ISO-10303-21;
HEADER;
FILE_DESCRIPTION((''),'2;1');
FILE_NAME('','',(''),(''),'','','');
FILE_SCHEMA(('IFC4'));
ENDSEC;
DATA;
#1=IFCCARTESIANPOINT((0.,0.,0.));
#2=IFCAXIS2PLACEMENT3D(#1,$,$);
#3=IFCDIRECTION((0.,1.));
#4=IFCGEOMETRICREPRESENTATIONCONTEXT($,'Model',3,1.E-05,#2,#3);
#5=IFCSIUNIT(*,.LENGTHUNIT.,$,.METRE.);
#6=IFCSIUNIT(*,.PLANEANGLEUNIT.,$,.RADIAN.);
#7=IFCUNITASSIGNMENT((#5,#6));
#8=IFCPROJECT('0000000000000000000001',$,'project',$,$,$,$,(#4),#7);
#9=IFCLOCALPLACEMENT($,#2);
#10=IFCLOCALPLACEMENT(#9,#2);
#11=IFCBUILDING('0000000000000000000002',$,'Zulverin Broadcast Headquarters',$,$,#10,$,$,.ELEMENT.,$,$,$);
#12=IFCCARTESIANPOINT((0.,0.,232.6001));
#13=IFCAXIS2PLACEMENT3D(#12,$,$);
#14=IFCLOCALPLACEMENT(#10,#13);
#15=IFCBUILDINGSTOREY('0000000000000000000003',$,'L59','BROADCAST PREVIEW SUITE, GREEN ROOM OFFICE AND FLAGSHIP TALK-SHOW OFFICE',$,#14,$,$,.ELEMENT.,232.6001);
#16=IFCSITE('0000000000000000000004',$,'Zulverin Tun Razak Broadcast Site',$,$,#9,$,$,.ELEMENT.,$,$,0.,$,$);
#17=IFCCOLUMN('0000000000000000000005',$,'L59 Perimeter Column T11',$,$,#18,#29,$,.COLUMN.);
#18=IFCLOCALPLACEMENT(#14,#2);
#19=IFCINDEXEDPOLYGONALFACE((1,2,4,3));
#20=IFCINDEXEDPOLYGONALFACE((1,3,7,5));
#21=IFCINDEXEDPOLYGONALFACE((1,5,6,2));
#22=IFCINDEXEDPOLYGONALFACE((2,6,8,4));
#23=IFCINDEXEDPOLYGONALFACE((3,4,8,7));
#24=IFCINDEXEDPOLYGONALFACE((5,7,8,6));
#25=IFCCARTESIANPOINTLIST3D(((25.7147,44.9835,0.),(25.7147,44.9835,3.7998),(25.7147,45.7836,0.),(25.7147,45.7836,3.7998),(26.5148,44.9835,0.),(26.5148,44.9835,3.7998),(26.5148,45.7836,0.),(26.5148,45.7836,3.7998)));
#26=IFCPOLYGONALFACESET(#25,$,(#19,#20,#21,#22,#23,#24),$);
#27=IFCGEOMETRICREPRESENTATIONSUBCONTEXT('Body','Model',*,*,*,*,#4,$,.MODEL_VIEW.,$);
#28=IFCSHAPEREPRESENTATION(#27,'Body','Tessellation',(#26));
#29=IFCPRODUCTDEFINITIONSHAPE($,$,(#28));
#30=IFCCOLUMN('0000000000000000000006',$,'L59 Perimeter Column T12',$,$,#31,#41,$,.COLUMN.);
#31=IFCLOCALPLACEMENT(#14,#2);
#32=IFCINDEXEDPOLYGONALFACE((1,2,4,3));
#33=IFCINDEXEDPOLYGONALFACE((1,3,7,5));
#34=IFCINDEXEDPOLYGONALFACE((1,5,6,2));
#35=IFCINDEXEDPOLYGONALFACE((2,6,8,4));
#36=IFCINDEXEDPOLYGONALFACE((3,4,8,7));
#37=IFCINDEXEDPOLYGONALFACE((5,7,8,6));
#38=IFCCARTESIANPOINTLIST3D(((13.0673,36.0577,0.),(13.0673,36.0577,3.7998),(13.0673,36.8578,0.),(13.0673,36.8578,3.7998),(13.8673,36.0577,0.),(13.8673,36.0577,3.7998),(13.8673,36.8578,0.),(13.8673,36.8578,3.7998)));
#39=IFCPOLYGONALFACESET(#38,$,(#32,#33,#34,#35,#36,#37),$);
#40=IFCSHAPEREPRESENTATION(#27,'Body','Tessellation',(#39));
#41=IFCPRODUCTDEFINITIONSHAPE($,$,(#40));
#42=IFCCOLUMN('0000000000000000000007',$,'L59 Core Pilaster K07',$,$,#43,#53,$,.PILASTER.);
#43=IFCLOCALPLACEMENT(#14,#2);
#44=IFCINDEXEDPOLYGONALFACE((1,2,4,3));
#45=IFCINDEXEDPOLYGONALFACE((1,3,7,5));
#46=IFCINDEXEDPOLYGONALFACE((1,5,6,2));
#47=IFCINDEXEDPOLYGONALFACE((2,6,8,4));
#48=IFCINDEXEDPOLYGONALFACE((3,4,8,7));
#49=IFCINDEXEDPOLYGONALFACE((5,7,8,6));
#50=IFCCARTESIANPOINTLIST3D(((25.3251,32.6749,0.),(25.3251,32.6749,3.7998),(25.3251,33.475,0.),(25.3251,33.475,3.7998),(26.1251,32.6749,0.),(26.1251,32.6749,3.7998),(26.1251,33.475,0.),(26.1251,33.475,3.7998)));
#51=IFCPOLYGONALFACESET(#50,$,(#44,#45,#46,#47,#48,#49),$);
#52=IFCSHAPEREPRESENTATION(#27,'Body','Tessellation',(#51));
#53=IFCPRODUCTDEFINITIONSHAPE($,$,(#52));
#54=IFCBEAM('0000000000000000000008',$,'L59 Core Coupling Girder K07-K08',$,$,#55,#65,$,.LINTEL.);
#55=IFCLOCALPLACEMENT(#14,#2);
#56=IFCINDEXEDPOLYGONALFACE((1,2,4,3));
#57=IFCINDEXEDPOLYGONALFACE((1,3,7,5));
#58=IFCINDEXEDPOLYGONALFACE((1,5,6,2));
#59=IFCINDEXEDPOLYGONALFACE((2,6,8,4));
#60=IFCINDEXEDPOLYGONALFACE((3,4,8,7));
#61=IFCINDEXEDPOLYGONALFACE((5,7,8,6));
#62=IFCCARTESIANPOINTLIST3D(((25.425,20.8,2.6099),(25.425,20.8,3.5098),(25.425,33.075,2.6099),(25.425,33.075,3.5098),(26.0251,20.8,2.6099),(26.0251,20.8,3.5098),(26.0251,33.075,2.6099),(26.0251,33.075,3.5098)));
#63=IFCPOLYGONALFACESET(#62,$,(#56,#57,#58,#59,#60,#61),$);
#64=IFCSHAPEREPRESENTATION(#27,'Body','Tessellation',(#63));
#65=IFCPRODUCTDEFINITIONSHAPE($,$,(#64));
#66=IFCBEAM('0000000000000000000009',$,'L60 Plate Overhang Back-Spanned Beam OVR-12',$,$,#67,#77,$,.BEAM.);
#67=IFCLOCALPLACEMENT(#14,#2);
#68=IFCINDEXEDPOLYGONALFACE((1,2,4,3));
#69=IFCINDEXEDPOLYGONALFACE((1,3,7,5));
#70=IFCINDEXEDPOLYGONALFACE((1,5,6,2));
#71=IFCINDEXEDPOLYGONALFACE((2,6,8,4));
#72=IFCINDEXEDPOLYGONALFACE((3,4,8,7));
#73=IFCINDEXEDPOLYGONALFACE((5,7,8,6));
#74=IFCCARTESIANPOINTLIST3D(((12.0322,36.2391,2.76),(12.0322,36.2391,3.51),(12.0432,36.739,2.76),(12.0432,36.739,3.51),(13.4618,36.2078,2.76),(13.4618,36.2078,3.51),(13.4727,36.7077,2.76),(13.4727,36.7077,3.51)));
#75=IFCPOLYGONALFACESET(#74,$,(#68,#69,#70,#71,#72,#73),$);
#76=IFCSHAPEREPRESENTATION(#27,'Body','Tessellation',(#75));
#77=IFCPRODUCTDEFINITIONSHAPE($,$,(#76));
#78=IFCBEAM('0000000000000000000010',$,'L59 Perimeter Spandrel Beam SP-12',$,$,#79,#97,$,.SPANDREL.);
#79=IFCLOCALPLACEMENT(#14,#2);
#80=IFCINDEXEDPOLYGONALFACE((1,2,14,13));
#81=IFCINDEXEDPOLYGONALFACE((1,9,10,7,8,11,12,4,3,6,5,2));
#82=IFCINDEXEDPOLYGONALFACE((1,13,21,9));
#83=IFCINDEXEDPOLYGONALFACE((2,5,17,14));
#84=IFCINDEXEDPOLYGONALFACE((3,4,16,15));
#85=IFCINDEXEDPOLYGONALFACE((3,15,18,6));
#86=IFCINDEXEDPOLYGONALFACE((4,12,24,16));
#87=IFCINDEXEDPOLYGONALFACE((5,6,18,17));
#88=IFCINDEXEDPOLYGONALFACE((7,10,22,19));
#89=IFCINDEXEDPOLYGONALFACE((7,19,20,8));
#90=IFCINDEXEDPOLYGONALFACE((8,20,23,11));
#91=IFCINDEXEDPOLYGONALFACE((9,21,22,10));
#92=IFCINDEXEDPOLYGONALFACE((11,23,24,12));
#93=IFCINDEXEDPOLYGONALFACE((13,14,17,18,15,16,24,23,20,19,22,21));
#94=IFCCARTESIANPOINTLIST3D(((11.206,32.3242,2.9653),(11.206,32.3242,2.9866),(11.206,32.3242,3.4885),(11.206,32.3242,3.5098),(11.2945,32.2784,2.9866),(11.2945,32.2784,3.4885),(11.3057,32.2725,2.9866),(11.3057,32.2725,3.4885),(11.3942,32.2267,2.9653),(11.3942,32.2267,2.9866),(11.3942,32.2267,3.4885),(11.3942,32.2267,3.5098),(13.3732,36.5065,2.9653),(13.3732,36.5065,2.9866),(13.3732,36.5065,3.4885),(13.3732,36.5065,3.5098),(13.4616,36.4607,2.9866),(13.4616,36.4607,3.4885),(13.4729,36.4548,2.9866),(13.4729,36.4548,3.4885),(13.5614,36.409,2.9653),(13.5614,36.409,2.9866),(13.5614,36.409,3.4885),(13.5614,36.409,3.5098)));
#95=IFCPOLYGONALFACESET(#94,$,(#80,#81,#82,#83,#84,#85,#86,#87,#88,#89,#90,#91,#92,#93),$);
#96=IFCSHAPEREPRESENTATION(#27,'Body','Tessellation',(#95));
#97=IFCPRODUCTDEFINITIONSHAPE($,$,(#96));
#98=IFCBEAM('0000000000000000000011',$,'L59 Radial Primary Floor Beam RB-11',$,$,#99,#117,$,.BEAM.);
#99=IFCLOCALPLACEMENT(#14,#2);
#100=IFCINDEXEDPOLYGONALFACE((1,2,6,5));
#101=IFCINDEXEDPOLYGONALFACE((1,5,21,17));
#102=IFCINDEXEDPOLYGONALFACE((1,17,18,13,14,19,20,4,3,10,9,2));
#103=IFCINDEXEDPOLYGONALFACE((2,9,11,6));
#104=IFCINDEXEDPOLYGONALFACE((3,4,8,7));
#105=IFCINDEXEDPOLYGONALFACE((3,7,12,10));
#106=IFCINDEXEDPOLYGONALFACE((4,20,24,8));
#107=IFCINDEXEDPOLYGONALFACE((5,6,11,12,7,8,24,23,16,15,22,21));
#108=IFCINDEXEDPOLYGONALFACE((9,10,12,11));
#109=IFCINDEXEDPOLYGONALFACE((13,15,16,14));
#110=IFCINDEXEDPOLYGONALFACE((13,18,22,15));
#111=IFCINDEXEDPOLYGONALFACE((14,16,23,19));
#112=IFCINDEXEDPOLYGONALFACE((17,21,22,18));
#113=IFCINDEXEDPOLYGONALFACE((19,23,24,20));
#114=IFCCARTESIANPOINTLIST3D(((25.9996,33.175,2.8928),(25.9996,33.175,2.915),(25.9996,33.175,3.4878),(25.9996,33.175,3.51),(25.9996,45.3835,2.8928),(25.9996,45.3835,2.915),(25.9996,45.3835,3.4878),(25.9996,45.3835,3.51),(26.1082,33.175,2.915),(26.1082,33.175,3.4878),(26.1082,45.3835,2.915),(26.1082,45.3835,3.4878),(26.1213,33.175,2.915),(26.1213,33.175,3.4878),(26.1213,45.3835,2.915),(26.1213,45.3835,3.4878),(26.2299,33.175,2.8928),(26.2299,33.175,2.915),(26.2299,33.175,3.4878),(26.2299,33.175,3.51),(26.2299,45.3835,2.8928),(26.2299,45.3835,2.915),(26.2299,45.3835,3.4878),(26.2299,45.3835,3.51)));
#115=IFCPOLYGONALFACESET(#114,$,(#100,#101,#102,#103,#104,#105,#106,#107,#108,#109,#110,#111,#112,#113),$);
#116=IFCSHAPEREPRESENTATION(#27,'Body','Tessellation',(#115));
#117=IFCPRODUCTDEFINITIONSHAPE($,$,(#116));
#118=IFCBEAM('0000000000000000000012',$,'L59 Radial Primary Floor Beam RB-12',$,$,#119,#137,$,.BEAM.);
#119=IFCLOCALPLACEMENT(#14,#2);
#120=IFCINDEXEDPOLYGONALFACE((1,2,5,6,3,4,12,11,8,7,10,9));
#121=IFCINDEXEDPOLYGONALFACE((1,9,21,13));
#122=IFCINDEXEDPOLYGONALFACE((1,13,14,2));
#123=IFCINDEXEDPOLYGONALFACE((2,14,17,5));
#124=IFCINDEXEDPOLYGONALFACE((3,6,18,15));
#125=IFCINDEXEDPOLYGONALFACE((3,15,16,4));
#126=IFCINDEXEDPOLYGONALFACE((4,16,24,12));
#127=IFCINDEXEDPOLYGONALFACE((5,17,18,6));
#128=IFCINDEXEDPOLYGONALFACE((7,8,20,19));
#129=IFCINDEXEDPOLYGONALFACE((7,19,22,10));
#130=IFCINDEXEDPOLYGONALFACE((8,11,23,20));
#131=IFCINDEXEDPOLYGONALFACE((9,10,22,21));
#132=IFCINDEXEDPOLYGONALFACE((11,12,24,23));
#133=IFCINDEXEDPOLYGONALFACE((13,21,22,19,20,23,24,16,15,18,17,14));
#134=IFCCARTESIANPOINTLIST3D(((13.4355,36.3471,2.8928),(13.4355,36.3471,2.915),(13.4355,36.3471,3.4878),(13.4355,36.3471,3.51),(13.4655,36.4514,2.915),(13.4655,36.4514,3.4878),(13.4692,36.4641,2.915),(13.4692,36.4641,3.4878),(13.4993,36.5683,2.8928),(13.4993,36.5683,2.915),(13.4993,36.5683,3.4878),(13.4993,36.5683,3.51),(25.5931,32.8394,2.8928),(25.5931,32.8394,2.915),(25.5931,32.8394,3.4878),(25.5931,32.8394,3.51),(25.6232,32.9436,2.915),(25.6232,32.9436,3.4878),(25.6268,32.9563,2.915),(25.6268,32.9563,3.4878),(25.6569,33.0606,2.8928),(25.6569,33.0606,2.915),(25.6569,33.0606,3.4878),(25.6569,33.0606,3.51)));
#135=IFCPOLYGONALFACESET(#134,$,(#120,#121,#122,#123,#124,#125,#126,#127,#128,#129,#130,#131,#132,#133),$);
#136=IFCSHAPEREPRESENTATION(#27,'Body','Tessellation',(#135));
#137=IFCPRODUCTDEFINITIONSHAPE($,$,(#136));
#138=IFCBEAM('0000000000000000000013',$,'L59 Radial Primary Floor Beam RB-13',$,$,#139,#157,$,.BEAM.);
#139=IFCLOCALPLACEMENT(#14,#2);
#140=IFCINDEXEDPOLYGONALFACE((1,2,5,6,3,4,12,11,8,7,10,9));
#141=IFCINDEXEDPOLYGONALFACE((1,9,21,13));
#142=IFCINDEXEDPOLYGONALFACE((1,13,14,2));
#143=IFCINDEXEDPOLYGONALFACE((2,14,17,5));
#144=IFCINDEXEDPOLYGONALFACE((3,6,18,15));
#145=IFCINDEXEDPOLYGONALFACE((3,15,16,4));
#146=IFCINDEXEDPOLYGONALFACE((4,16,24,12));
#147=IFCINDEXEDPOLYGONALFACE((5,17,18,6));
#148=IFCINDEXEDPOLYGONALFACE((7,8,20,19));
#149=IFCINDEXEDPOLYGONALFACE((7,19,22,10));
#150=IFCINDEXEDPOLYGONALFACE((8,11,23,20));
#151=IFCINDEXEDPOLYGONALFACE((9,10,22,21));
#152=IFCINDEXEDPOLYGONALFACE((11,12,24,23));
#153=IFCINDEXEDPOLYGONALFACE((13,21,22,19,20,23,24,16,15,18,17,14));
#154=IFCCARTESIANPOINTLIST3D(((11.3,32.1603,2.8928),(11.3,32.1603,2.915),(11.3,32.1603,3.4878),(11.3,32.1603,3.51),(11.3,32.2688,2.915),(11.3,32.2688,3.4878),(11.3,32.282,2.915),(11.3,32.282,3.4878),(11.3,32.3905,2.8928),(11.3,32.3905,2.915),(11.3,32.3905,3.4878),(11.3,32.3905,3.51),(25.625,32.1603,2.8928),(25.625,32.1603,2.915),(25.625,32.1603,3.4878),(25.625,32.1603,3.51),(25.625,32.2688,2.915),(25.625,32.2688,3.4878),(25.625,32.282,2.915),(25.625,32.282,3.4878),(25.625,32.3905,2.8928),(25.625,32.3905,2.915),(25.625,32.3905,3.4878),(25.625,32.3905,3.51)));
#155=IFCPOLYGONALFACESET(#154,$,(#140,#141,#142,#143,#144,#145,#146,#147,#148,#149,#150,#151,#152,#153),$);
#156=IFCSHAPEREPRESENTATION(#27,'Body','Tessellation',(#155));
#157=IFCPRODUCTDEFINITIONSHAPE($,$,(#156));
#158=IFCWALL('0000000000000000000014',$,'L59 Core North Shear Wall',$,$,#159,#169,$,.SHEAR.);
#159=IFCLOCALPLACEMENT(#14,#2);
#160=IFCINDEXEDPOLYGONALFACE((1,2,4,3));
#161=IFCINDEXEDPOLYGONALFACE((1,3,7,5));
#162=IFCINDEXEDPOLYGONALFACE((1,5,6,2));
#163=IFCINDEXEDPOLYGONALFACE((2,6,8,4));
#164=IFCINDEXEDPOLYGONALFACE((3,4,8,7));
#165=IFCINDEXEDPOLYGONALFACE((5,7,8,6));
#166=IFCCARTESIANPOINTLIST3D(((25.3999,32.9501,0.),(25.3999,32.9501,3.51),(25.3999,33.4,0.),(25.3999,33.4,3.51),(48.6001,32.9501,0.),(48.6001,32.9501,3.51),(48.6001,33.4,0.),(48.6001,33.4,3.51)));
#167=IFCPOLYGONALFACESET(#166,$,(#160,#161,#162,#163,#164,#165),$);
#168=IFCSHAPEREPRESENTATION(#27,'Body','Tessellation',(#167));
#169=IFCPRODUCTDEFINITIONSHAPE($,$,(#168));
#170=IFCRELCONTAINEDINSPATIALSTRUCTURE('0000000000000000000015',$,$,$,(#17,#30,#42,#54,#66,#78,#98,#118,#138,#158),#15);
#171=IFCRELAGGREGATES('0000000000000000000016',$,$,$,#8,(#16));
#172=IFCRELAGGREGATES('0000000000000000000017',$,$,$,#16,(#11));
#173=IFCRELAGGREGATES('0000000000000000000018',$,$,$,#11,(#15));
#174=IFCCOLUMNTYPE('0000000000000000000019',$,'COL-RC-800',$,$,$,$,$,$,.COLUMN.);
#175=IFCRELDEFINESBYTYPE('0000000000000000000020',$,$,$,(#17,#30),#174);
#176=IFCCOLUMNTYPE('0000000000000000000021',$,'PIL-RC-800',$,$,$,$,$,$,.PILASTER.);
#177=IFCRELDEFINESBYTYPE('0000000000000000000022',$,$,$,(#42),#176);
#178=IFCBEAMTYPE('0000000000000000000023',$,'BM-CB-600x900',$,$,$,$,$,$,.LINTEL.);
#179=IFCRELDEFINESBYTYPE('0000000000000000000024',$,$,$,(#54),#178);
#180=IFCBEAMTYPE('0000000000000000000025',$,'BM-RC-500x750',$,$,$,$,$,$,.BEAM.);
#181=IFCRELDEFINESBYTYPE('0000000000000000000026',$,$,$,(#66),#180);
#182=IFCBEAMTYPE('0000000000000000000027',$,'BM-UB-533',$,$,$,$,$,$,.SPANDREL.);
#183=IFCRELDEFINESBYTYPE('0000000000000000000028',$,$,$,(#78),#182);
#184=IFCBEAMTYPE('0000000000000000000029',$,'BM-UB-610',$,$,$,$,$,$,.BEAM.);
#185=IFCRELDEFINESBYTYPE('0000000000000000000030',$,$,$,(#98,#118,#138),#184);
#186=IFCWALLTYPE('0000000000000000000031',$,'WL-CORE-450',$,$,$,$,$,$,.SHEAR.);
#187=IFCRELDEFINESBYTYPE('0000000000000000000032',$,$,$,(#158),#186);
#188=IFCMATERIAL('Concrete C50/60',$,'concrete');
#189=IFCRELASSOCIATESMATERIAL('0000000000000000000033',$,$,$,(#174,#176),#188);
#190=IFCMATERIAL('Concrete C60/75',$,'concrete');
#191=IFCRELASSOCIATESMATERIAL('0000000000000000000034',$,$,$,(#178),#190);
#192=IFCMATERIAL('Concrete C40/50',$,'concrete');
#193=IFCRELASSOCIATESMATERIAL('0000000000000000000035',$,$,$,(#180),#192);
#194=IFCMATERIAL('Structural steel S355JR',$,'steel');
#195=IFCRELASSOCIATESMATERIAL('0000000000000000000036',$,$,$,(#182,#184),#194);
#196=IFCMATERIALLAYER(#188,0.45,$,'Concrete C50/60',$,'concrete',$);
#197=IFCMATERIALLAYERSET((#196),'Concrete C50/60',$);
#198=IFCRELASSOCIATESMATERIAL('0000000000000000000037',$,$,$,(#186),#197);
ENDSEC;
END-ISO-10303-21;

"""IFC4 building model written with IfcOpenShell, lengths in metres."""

from ifc_helpers import new_model, si_unit, direction, frame, frame_2d, origin, origin_2d, place, context, subcontext, project, spatial, rectangle, i_section, extrude, material, layer, layer_set, material_profile, profile_set, type_object, element, save


model = new_model("IFC4")

# Units and contexts
model_context = context("Model", 3, precision=1e-05, world=origin(), true_north=direction((0.0, 1.0)))
body_context = subcontext(model_context, "Body", "Model", "MODEL_VIEW")
ifc_project = project(units=[si_unit("LENGTHUNIT", "METRE"), si_unit("PLANEANGLEUNIT", "RADIAN")], contexts=[model_context])

# Site, building, storey
site_placement = place(None, origin())
site = spatial("IfcSite", under=ifc_project, at=site_placement, Name="Zulverin Tun Razak Broadcast Site", CompositionType="ELEMENT", RefElevation=0.0)
building_placement = place(site_placement, origin())
building = spatial("IfcBuilding", under=site, at=building_placement, Name="Zulverin Broadcast Headquarters", CompositionType="ELEMENT")
storey_placement = place(building_placement, frame((0.0, 0.0, 232.6001)))
storey = spatial("IfcBuildingStorey", under=building, at=storey_placement, Name="L59", Description="BROADCAST PREVIEW SUITE, GREEN ROOM OFFICE AND FLAGSHIP TALK-SHOW OFFICE", CompositionType="ELEMENT", Elevation=232.6001)

# Columns
ifc_material_1 = material(Name="Concrete C50/60", Category="concrete")
ifc_material_profile_1 = material_profile(ifc_material_1, rectangle(XDim=0.8, YDim=0.8, at=origin_2d()), Name="Concrete C50/60", Category="concrete")
ifc_profile_set_1 = profile_set([ifc_material_profile_1], Name="Concrete C50/60")
column_type_1 = type_object("IfcColumnType", Name="COL-RC-800", PredefinedType="COLUMN", material=ifc_profile_set_1)
for number, where, z_axis, x_axis, name in (
    (1, (26.1147, 45.3835, 0.0), (0.0, 0.0, 1.0), (1.0, 0.0, 0.0), "L59 Perimeter Column T11"),
    (2, (13.4673, 36.4578, 0.0), (0.0, 0.0, 1.0), (1.0, 0.0, 0.0), "L59 Perimeter Column T12"),
):
    element("IfcColumn", number, at=place(storey_placement, frame(where, z_axis=z_axis, x_axis=x_axis)), inside=storey, type_object=column_type_1, Name=name, PredefinedType="COLUMN", context=body_context, shape_type="SweptSolid", body=[
        extrude(rectangle(XDim=0.8, YDim=0.8, at=origin_2d()), origin(), (0.0, 0.0, 1.0), 3.7998),
    ])
ifc_material_profile_2 = material_profile(ifc_material_1, rectangle(XDim=0.8, YDim=0.8, at=origin_2d()), Name="Concrete C50/60", Category="concrete")
ifc_profile_set_2 = profile_set([ifc_material_profile_2], Name="Concrete C50/60")
column_type_2 = type_object("IfcColumnType", Name="PIL-RC-800", PredefinedType="PILASTER", material=ifc_profile_set_2)
column_placement = place(storey_placement, frame((25.7251, 33.075, 0.0), z_axis=(0.0, 0.0, 1.0), x_axis=(1.0, 0.0, 0.0)))
element("IfcColumn", 3, at=column_placement, inside=storey, type_object=column_type_2, Name="L59 Core Pilaster K07", PredefinedType="PILASTER", context=body_context, shape_type="SweptSolid", body=[
    extrude(rectangle(XDim=0.8, YDim=0.8, at=origin_2d()), origin(), (0.0, 0.0, 1.0), 3.7998),
])

# Beams
ifc_material_2 = material(Name="Concrete C60/75", Category="concrete")
ifc_material_profile_3 = material_profile(ifc_material_2, rectangle(XDim=0.6001, YDim=0.8999, at=origin_2d()), Name="Concrete C60/75", Category="concrete")
ifc_profile_set_3 = profile_set([ifc_material_profile_3], Name="Concrete C60/75")
beam_type_1 = type_object("IfcBeamType", Name="BM-CB-600x900", PredefinedType="LINTEL", material=ifc_profile_set_3)
beam_1_placement = place(storey_placement, frame((25.7251, 33.075, 3.0598), z_axis=(0.0, -1.0, 0.0), x_axis=(1.0, 0.0, 0.0)))
element("IfcBeam", 4, at=beam_1_placement, inside=storey, type_object=beam_type_1, Name="L59 Core Coupling Girder K07-K08", PredefinedType="LINTEL", context=body_context, shape_type="SweptSolid", body=[
    extrude(rectangle(XDim=0.6001, YDim=0.8999, at=origin_2d()), origin(), (0.0, 0.0, 1.0), 12.2749),
])
ifc_material_3 = material(Name="Concrete C40/50", Category="concrete")
ifc_material_profile_4 = material_profile(ifc_material_3, rectangle(XDim=0.5, YDim=0.75, at=origin_2d()), Name="Concrete C40/50", Category="concrete")
ifc_profile_set_4 = profile_set([ifc_material_profile_4], Name="Concrete C40/50")
beam_type_2 = type_object("IfcBeamType", Name="BM-RC-500x750", PredefinedType="BEAM", material=ifc_profile_set_4)
beam_2_placement = place(storey_placement, frame((13.4673, 36.4578, 3.135), z_axis=(-0.999761, 0.021853, 0.0), x_axis=(-0.021853, -0.999761, 0.0)))
element("IfcBeam", 5, at=beam_2_placement, inside=storey, type_object=beam_type_2, Name="L60 Plate Overhang Back-Spanned Beam OVR-12", PredefinedType="BEAM", context=body_context, shape_type="SweptSolid", body=[
    extrude(rectangle(XDim=0.5, YDim=0.75, at=origin_2d()), origin(), (0.0, 0.0, 1.0), 1.4299),
])
ifc_material_4 = material(Name="Structural steel S355JR", Category="steel")
ifc_material_profile_5 = material_profile(ifc_material_4, i_section(OverallWidth=0.2119, OverallDepth=0.5444, WebThickness=0.0127, FlangeThickness=0.0212, at=origin_2d()), Name="Structural steel S355JR", Category="steel")
ifc_profile_set_5 = profile_set([ifc_material_profile_5], Name="Structural steel S355JR")
beam_type_3 = type_object("IfcBeamType", Name="BM-UB-533", PredefinedType="SPANDREL", material=ifc_profile_set_5)
beam_3_placement = place(storey_placement, frame((13.4673, 36.4578, 3.2375), z_axis=(-0.460083, -0.887876, 0.0), x_axis=(0.887876, -0.460083, 0.0)))
element("IfcBeam", 6, at=beam_3_placement, inside=storey, type_object=beam_type_3, Name="L59 Perimeter Spandrel Beam SP-12", PredefinedType="SPANDREL", context=body_context, shape_type="SweptSolid", body=[
    extrude(i_section(OverallWidth=0.2119, OverallDepth=0.5444, WebThickness=0.0127, FlangeThickness=0.0212, at=origin_2d()), origin(), (0.0, 0.0, 1.0), 4.7104),
])
ifc_material_profile_6 = material_profile(ifc_material_4, i_section(OverallWidth=0.2302, OverallDepth=0.6172, WebThickness=0.0132, FlangeThickness=0.0222, at=origin_2d()), Name="Structural steel S355JR", Category="steel")
ifc_profile_set_6 = profile_set([ifc_material_profile_6], Name="Structural steel S355JR")
beam_type_4 = type_object("IfcBeamType", Name="BM-UB-610", PredefinedType="BEAM", material=ifc_profile_set_6)
beam_4_placement = place(storey_placement, frame((26.1147, 33.175, 3.2014), z_axis=(0.0, 1.0, 0.0), x_axis=(-1.0, 0.0, 0.0)))
element("IfcBeam", 7, at=beam_4_placement, inside=storey, type_object=beam_type_4, Name="L59 Radial Primary Floor Beam RB-11", PredefinedType="BEAM", context=body_context, shape_type="SweptSolid", body=[
    extrude(i_section(OverallWidth=0.2302, OverallDepth=0.6172, WebThickness=0.0132, FlangeThickness=0.0222, at=origin_2d()), origin(), (0.0, 0.0, 1.0), 12.2085),
])
beam_5_placement = place(storey_placement, frame((25.625, 32.95, 3.2014), z_axis=(-0.960807, 0.277218, 0.0), x_axis=(-0.277218, -0.960807, 0.0)))
element("IfcBeam", 8, at=beam_5_placement, inside=storey, type_object=beam_type_4, Name="L59 Radial Primary Floor Beam RB-12", PredefinedType="BEAM", context=body_context, shape_type="SweptSolid", body=[
    extrude(i_section(OverallWidth=0.2302, OverallDepth=0.6172, WebThickness=0.0132, FlangeThickness=0.0222, at=origin_2d()), origin(), (0.0, 0.0, 1.0), 12.6536),
])
beam_6_placement = place(storey_placement, frame((25.625, 32.2754, 3.2014), z_axis=(-1.0, 0.0, 0.0), x_axis=(0.0, -1.0, 0.0)))
element("IfcBeam", 9, at=beam_6_placement, inside=storey, type_object=beam_type_4, Name="L59 Radial Primary Floor Beam RB-13", PredefinedType="BEAM", context=body_context, shape_type="SweptSolid", body=[
    extrude(i_section(OverallWidth=0.2302, OverallDepth=0.6172, WebThickness=0.0132, FlangeThickness=0.0222, at=origin_2d()), origin(), (0.0, 0.0, 1.0), 14.325),
])

# Wall
ifc_layer_1 = layer(ifc_material_1, 0.45, Name="Concrete C50/60", Category="concrete")
ifc_layer_set_1 = layer_set([ifc_layer_1], Name="Concrete C50/60")
wall_type_1 = type_object("IfcWallType", Name="WL-CORE-450", PredefinedType="SHEAR", material=ifc_layer_set_1)
wall_1_placement = place(storey_placement, frame((25.3999, 33.175, 0.0), z_axis=(0.0, 0.0, 1.0), x_axis=(1.0, 0.0, 0.0)))
element("IfcWall", 10, at=wall_1_placement, inside=storey, type_object=wall_type_1, Name="L59 Core North Shear Wall", PredefinedType="SHEAR", context=body_context, shape_type="SweptSolid", body=[
    extrude(rectangle(XDim=23.2002, YDim=0.45, at=frame_2d((11.6001, 0.0))), origin(), (0.0, 0.0, 1.0), 3.51),
])

save(model, "model.ifc")
